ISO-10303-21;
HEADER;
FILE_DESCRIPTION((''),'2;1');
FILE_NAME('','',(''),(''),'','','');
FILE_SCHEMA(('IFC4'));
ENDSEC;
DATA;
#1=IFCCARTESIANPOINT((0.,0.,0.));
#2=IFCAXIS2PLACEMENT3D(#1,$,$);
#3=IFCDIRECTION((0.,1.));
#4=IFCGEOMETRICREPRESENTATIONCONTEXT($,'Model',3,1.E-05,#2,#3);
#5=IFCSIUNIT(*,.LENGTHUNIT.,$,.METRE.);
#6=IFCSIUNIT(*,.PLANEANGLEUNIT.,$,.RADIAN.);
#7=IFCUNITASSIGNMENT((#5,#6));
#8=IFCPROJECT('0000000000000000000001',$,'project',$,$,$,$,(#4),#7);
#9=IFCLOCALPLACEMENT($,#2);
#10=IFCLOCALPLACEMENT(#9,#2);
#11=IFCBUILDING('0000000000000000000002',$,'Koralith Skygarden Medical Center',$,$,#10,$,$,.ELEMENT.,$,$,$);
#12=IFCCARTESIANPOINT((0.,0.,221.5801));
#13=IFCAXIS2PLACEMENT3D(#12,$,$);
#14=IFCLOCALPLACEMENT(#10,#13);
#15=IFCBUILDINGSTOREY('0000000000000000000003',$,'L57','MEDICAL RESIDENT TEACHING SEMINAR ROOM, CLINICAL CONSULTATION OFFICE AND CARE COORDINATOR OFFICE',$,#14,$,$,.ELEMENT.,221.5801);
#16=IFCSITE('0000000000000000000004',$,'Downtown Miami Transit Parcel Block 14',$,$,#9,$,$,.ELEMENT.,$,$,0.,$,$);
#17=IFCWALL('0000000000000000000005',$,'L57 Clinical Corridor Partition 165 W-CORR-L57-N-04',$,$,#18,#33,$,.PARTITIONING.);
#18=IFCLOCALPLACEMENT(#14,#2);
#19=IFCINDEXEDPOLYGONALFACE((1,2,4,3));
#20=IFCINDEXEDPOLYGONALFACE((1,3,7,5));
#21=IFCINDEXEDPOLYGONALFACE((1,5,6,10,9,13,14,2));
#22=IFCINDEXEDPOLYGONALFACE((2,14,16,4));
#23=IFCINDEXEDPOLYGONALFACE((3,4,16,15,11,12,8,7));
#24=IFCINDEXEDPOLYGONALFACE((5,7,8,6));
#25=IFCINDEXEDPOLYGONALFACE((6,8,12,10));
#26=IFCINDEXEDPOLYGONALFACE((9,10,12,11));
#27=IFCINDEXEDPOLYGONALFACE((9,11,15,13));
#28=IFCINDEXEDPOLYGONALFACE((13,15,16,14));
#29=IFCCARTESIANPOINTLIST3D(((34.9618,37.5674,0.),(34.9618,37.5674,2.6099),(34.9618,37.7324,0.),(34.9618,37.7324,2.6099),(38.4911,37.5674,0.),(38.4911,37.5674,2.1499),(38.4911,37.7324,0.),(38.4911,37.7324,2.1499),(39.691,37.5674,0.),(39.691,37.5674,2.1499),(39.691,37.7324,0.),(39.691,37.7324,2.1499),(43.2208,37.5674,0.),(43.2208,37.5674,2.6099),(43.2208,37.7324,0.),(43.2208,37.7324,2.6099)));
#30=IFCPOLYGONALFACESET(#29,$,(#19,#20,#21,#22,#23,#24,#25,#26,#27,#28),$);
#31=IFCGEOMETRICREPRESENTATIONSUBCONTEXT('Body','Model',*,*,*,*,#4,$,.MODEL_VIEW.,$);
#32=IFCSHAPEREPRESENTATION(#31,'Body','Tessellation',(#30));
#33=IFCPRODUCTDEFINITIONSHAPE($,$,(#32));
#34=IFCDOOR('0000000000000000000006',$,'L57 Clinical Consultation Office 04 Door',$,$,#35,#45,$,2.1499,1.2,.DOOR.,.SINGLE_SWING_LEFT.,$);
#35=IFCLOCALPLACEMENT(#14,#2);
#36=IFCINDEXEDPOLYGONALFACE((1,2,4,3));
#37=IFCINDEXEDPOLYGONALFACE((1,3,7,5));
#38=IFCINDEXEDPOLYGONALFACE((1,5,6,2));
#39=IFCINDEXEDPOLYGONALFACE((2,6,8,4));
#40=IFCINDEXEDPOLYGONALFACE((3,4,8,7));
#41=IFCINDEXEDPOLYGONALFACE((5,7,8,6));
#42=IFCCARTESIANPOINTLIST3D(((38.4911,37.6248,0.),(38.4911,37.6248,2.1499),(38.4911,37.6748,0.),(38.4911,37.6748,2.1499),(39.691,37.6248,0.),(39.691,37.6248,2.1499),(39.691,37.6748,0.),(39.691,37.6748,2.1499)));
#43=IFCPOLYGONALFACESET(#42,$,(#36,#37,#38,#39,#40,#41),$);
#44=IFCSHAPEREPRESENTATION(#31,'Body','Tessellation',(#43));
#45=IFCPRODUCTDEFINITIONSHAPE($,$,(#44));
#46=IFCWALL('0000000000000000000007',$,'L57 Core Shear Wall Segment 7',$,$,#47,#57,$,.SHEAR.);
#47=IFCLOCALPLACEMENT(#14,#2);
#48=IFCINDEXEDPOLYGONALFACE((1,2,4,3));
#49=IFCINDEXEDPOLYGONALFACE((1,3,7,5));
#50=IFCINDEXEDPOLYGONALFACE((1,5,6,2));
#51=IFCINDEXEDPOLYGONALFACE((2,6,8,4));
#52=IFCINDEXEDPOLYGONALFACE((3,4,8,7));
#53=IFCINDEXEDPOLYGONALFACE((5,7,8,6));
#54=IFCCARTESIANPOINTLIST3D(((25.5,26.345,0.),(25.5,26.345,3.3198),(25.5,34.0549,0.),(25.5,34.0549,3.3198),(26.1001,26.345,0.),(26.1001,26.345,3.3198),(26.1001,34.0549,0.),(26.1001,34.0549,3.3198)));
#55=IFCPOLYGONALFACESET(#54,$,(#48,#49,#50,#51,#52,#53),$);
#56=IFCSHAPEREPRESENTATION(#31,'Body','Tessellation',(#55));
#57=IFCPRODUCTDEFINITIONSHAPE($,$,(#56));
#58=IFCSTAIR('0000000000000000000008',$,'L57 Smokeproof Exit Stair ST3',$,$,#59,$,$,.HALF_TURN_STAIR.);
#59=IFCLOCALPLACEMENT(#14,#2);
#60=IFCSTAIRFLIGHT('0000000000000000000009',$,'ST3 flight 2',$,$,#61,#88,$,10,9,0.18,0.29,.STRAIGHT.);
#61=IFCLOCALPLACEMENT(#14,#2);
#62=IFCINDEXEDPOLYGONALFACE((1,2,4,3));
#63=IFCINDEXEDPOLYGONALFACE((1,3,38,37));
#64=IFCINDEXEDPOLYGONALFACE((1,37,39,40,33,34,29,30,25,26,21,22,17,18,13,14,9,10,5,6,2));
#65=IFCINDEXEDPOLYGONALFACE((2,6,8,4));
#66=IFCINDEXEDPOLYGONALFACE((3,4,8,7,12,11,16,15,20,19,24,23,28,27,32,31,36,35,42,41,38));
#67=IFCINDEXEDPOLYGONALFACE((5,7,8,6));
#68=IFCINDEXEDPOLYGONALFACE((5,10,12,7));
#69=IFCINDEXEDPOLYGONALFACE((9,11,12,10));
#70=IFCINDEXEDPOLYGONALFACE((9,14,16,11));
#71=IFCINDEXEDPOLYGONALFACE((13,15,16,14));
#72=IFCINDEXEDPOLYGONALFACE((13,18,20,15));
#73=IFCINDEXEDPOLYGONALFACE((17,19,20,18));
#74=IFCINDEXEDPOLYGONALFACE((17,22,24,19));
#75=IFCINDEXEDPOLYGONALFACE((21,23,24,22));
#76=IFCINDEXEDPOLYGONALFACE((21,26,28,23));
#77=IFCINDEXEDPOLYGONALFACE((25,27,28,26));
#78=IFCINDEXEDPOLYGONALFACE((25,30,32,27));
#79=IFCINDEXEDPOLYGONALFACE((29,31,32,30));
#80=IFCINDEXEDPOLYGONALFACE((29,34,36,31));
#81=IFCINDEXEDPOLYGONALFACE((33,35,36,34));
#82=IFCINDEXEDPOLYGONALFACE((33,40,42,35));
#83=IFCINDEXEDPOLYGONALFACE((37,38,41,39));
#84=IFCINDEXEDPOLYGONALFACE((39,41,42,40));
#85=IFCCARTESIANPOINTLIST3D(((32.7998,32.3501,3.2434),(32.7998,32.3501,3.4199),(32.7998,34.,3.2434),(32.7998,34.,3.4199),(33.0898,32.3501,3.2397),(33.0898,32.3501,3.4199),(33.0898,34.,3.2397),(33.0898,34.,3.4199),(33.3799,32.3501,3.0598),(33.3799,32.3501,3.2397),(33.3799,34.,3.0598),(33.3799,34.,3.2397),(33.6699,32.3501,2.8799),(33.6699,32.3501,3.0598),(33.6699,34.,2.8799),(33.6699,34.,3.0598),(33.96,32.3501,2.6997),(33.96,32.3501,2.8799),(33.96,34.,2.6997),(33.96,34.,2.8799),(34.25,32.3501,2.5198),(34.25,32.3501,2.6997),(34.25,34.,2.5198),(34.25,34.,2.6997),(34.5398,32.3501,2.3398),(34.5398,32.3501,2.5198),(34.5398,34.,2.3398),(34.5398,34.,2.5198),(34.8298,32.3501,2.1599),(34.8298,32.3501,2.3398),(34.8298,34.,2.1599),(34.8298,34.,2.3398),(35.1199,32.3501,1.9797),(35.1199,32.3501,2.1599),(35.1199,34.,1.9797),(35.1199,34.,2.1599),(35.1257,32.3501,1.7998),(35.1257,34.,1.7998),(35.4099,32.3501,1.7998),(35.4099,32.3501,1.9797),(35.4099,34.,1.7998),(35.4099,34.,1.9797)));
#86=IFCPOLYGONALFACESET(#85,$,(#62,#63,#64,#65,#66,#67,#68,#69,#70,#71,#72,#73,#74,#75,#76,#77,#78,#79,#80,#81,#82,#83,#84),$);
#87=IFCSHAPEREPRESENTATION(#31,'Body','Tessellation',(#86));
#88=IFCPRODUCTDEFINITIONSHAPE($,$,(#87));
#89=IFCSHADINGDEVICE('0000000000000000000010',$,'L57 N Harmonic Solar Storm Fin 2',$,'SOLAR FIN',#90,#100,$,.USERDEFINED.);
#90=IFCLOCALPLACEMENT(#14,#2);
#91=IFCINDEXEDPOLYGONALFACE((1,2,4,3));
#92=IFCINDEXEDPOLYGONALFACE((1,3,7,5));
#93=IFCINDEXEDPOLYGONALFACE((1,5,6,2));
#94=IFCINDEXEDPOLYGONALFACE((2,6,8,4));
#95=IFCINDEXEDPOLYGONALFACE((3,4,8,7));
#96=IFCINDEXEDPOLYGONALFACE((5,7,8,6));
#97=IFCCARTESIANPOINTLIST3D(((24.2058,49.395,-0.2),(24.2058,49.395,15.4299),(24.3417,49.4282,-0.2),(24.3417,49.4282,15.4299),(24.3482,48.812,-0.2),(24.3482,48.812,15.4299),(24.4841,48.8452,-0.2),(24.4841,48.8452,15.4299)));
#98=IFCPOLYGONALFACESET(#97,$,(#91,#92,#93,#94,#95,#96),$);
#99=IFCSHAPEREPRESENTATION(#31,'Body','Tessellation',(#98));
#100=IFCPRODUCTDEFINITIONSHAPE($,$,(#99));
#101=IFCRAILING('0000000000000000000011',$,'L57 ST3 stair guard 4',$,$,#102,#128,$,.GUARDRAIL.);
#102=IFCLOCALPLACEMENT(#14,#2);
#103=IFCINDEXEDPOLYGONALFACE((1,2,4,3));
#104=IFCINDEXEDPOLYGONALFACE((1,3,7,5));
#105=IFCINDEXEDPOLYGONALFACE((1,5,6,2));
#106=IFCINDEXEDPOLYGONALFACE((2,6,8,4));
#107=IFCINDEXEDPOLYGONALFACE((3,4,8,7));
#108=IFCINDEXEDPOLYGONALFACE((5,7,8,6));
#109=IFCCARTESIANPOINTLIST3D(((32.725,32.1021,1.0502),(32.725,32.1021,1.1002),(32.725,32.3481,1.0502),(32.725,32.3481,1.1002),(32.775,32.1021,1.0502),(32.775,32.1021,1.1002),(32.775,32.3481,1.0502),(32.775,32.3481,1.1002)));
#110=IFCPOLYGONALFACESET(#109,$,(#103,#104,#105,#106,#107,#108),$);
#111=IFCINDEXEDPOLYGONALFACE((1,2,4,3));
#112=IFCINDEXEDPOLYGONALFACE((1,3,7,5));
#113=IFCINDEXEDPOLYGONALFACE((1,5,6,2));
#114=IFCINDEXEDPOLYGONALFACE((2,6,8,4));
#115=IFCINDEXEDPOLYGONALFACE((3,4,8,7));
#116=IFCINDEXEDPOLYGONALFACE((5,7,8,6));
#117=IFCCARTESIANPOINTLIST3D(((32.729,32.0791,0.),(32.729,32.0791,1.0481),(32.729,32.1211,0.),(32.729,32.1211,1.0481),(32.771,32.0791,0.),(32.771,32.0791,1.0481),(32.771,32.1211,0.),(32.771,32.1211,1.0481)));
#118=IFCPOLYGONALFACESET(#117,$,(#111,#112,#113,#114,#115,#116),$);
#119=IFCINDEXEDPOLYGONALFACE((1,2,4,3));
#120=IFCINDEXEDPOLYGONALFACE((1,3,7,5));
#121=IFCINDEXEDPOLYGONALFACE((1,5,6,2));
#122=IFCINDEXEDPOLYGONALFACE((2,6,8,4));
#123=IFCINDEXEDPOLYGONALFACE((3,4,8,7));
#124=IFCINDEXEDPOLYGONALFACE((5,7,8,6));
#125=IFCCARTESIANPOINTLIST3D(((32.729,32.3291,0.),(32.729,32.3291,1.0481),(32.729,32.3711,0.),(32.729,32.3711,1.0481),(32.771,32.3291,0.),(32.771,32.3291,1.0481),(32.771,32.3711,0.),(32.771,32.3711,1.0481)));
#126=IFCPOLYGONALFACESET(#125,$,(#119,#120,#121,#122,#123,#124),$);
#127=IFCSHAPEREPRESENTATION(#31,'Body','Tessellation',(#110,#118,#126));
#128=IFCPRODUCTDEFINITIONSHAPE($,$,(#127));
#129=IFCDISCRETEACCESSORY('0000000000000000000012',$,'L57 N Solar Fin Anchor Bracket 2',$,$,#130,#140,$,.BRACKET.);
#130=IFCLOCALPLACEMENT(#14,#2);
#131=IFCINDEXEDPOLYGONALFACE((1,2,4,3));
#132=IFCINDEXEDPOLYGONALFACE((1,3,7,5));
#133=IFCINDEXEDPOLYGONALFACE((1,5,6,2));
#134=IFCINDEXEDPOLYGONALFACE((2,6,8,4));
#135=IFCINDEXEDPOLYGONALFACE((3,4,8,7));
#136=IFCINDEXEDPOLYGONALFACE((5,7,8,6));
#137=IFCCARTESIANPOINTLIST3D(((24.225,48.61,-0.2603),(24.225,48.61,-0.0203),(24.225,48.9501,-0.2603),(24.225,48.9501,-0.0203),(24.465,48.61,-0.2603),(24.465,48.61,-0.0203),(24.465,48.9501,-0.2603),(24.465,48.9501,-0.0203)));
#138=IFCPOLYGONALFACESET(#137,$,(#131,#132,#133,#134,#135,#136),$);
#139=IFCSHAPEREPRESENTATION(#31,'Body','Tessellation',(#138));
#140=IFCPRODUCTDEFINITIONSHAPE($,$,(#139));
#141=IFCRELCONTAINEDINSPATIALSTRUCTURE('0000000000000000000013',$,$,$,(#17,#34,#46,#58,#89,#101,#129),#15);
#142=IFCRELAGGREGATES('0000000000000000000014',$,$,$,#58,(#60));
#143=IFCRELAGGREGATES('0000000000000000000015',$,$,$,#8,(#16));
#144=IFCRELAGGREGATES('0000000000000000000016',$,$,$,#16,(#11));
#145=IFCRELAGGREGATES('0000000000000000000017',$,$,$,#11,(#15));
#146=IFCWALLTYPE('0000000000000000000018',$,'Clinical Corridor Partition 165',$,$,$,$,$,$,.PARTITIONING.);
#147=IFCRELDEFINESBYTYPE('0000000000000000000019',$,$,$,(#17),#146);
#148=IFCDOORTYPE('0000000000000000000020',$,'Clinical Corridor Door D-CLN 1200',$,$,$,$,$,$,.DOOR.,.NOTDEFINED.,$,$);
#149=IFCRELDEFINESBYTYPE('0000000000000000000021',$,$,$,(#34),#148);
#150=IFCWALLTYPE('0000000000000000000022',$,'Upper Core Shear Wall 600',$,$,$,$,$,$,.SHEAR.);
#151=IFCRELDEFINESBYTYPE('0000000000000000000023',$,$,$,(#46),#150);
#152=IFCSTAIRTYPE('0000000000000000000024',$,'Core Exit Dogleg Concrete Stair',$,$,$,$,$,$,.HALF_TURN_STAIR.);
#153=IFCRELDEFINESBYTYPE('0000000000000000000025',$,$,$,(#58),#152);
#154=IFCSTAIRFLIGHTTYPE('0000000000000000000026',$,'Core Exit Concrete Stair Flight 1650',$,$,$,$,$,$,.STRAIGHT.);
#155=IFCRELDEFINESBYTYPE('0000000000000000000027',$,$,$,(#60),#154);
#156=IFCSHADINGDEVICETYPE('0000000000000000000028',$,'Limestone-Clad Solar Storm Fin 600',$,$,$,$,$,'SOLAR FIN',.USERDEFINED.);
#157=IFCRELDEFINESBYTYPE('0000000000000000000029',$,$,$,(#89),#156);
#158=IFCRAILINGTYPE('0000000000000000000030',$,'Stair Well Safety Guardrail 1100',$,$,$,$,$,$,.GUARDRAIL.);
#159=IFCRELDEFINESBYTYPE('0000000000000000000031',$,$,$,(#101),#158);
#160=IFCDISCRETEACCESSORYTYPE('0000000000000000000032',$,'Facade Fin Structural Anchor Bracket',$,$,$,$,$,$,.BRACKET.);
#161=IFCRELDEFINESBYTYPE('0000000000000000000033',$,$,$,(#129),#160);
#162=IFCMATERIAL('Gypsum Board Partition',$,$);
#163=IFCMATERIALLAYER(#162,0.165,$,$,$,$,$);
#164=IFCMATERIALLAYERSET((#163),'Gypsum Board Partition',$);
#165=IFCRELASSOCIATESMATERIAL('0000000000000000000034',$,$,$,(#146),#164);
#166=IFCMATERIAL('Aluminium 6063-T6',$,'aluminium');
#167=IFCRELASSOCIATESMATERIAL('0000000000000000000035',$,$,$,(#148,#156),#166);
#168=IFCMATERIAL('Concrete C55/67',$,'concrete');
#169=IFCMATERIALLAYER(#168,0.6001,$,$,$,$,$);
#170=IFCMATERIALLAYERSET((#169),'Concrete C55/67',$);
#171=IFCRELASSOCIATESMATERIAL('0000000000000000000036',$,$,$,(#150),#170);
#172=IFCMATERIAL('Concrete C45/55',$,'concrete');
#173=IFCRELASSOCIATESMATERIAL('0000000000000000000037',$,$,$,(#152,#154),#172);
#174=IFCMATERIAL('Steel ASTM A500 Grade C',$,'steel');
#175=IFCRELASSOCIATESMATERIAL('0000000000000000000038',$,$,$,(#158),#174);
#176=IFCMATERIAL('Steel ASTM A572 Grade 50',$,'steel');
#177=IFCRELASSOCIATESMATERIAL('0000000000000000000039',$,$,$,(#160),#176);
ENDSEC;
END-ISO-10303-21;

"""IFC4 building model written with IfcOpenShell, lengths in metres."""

from ifc_helpers import new_model, si_unit, direction, frame, frame_2d, origin, origin_2d, place, context, subcontext, project, spatial, polyline, rectangle, outline, extrude, material, layer, layer_set, type_object, element, fill, aggregate, save


model = new_model("IFC4")

# Units and contexts
model_context = context("Model", 3, precision=1e-05, world=origin(), true_north=direction((0.0, 1.0)))
body_context = subcontext(model_context, "Body", "Model", "MODEL_VIEW")
ifc_project = project(units=[si_unit("LENGTHUNIT", "METRE"), si_unit("PLANEANGLEUNIT", "RADIAN")], contexts=[model_context])

# Site, building, storey
site_placement = place(None, origin())
site = spatial("IfcSite", under=ifc_project, at=site_placement, Name="Downtown Miami Transit Parcel Block 14", CompositionType="ELEMENT", RefElevation=0.0)
building_placement = place(site_placement, origin())
building = spatial("IfcBuilding", under=site, at=building_placement, Name="Koralith Skygarden Medical Center", CompositionType="ELEMENT")
storey_placement = place(building_placement, frame((0.0, 0.0, 221.5801)))
storey = spatial("IfcBuildingStorey", under=building, at=storey_placement, Name="L57", Description="MEDICAL RESIDENT TEACHING SEMINAR ROOM, CLINICAL CONSULTATION OFFICE AND CARE COORDINATOR OFFICE", CompositionType="ELEMENT", Elevation=221.5801)

# Shared definitions
ifc_material_1 = material(Name="Concrete C55/67", Category="concrete")

# Shared definitions
ifc_material_2 = material(Name="Aluminium 6063-T6", Category="aluminium")

# Shared definitions
ifc_material_3 = material(Name="Concrete C45/55", Category="concrete")

# Shared definitions
ifc_material_4 = material(Name="Gypsum Board Partition")

# Wall, opening, door
ifc_layer_1 = layer(ifc_material_4, 0.165)
ifc_layer_set_1 = layer_set([ifc_layer_1], Name="Gypsum Board Partition")
wall_type_1 = type_object("IfcWallType", Name="Clinical Corridor Partition 165", PredefinedType="PARTITIONING", material=ifc_layer_set_1)
door_type = type_object("IfcDoorType", Name="Clinical Corridor Door D-CLN 1200", OperationType="NOTDEFINED", PredefinedType="DOOR", material=ifc_material_2)
wall_1_placement = place(storey_placement, frame((34.9619, 37.6499, 0.0), z_axis=(0.0, 0.0, 1.0), x_axis=(1.0, 0.0, 0.0)))
wall_1 = element("IfcWall", 1, at=wall_1_placement, inside=storey, type_object=wall_type_1, Name="L57 Clinical Corridor Partition 165 W-CORR-L57-N-04", PredefinedType="PARTITIONING", context=body_context, shape_type="SweptSolid", body=[
    extrude(rectangle(XDim=8.259, YDim=0.165, at=frame_2d((4.1294, 0.0))), origin(), (0.0, 0.0, 1.0), 2.6099),
])
opening_1_placement = place(wall_1_placement, frame((3.5291, 0.0, 0.0)))
opening_1 = element("IfcOpeningElement", 2, at=opening_1_placement, cuts=wall_1, PredefinedType="OPENING", context=body_context, shape_type="SweptSolid", body=[
    extrude(rectangle(XDim=1.2, YDim=2.1499, at=frame_2d((0.6001, 1.075))), frame((0.0, 0.0925, 0.0), z_axis=(0.0, -1.0, 0.0), x_axis=(1.0, 0.0, 0.0)), (0.0, 0.0, 1.0), 0.1851),
])
door_1_placement = place(opening_1_placement, origin())
door_1 = element("IfcDoor", 3, at=door_1_placement, inside=storey, type_object=door_type, Name="L57 Clinical Consultation Office 04 Door", OperationType="SINGLE_SWING_LEFT", OverallHeight=2.1499, OverallWidth=1.2, PredefinedType="DOOR", context=body_context, shape_type="SweptSolid", body=[
    extrude(rectangle(XDim=1.2, YDim=2.1499, at=frame_2d((0.6001, 1.075))), frame((0.0, 0.0249, 0.0), z_axis=(0.0, -1.0, 0.0), x_axis=(1.0, 0.0, 0.0)), (0.0, 0.0, 1.0), 0.05),
])
fill(opening_1, door_1)

# Wall
ifc_layer_2 = layer(ifc_material_1, 0.6001)
ifc_layer_set_2 = layer_set([ifc_layer_2], Name="Concrete C55/67")
wall_type_2 = type_object("IfcWallType", Name="Upper Core Shear Wall 600", PredefinedType="SHEAR", material=ifc_layer_set_2)
wall_2_placement = place(storey_placement, frame((25.8, 34.0549, 0.0), z_axis=(0.0, 0.0, 1.0), x_axis=(0.0, -1.0, 0.0)))
element("IfcWall", 4, at=wall_2_placement, inside=storey, type_object=wall_type_2, Name="L57 Core Shear Wall Segment 7", PredefinedType="SHEAR", context=body_context, shape_type="SweptSolid", body=[
    extrude(rectangle(XDim=7.71, YDim=0.6001, at=frame_2d((3.855, 0.0))), origin(), (0.0, 0.0, 1.0), 3.3198),
])

# Stair, stair flight
stair_type = type_object("IfcStairType", Name="Core Exit Dogleg Concrete Stair", PredefinedType="HALF_TURN_STAIR", material=ifc_material_3)
stair_placement = place(storey_placement, origin())
stair = element("IfcStair", 5, at=stair_placement, inside=storey, type_object=stair_type, Name="L57 Smokeproof Exit Stair ST3", PredefinedType="HALF_TURN_STAIR")
stair_flight_type = type_object("IfcStairFlightType", Name="Core Exit Concrete Stair Flight 1650", PredefinedType="STRAIGHT", material=ifc_material_3)
stair_flight_placement = place(storey_placement, frame((35.4099, 33.175, 1.7998), z_axis=(0.0, 0.0, 1.0), x_axis=(-1.0, 0.0, 0.0)))
stair_flight = element("IfcStairFlight", 6, at=stair_flight_placement, type_object=stair_flight_type, Name="ST3 flight 2", NumberOfRisers=10, NumberOfTreads=9, PredefinedType="STRAIGHT", RiserHeight=0.18, TreadLength=0.29, context=body_context, shape_type="SweptSolid", body=[
    extrude(outline(polyline([(0.0, 0.0), (0.0, 0.1799), (0.29, 0.1799), (0.29, 0.3601), (0.5801, 0.3601), (0.5801, 0.54), (0.8701, 0.54), (0.8701, 0.72), (1.1599, 0.72), (1.1599, 0.8999), (1.45, 0.8999), (1.45, 1.0801), (1.74, 1.0801), (1.74, 1.26), (2.03, 1.26), (2.03, 1.4399), (2.3201, 1.4399), (2.3201, 1.6201), (2.6101, 1.6201), (2.6101, 1.8), (2.6101, 1.4436), (0.2842, 0.0), (0.0, 0.0)])), frame((0.0, 0.825, 0.0), z_axis=(0.0, -1.0, 0.0), x_axis=(1.0, 0.0, 0.0)), (0.0, 0.0, 1.0), 1.6499),
])
aggregate(stair, [stair_flight])

# Shading device
shading_device_type = type_object("IfcShadingDeviceType", Name="Limestone-Clad Solar Storm Fin 600", ElementType="SOLAR FIN", PredefinedType="USERDEFINED", material=ifc_material_2)
shading_device_placement = place(storey_placement, frame((24.345, 49.1201, -0.2), z_axis=(0.0, 0.0, 1.0), x_axis=(-0.237245, 0.97145, 0.0)))
element("IfcShadingDevice", 7, at=shading_device_placement, inside=storey, type_object=shading_device_type, Name="L57 N Harmonic Solar Storm Fin 2", ObjectType="SOLAR FIN", PredefinedType="USERDEFINED", context=body_context, shape_type="SweptSolid", body=[
    extrude(rectangle(XDim=0.6001, YDim=0.1399, at=origin_2d()), origin(), (0.0, 0.0, 1.0), 15.6299),
])

# Railing
ifc_material_5 = material(Name="Steel ASTM A500 Grade C", Category="steel")
railing_type = type_object("IfcRailingType", Name="Stair Well Safety Guardrail 1100", PredefinedType="GUARDRAIL", material=ifc_material_5)
railing_placement = place(storey_placement, frame((32.75, 32.1001, 0.0)))
element("IfcRailing", 8, at=railing_placement, inside=storey, type_object=railing_type, Name="L57 ST3 stair guard 4", PredefinedType="GUARDRAIL", context=body_context, shape_type="SweptSolid", body=[
    extrude(rectangle(XDim=0.05, YDim=0.05, at=origin_2d()), frame((0.0, 0.002, 1.0752), z_axis=(0.0, 1.0, 0.0), x_axis=(-1.0, 0.0, 0.0)), (0.0, 0.0, 1.0), 0.2461),
    extrude(rectangle(XDim=0.042, YDim=0.042, at=origin_2d()), origin(), (0.0, 0.0, 1.0), 1.0481),
    extrude(rectangle(XDim=0.042, YDim=0.042, at=origin_2d()), frame((0.0, 0.25, 0.0)), (0.0, 0.0, 1.0), 1.0481),
])

# Discrete accessory
ifc_material_6 = material(Name="Steel ASTM A572 Grade 50", Category="steel")
discrete_accessory_type = type_object("IfcDiscreteAccessoryType", Name="Facade Fin Structural Anchor Bracket", PredefinedType="BRACKET", material=ifc_material_6)
discrete_accessory_placement = place(storey_placement, frame((24.345, 48.78, -0.2603), z_axis=(0.0, 0.0, 1.0), x_axis=(0.0, 1.0, 0.0)))
element("IfcDiscreteAccessory", 9, at=discrete_accessory_placement, inside=storey, type_object=discrete_accessory_type, Name="L57 N Solar Fin Anchor Bracket 2", PredefinedType="BRACKET", context=body_context, shape_type="SweptSolid", body=[
    extrude(rectangle(XDim=0.3401, YDim=0.24, at=origin_2d()), origin(), (0.0, 0.0, 1.0), 0.24),
])

save(model, "model.ifc")
